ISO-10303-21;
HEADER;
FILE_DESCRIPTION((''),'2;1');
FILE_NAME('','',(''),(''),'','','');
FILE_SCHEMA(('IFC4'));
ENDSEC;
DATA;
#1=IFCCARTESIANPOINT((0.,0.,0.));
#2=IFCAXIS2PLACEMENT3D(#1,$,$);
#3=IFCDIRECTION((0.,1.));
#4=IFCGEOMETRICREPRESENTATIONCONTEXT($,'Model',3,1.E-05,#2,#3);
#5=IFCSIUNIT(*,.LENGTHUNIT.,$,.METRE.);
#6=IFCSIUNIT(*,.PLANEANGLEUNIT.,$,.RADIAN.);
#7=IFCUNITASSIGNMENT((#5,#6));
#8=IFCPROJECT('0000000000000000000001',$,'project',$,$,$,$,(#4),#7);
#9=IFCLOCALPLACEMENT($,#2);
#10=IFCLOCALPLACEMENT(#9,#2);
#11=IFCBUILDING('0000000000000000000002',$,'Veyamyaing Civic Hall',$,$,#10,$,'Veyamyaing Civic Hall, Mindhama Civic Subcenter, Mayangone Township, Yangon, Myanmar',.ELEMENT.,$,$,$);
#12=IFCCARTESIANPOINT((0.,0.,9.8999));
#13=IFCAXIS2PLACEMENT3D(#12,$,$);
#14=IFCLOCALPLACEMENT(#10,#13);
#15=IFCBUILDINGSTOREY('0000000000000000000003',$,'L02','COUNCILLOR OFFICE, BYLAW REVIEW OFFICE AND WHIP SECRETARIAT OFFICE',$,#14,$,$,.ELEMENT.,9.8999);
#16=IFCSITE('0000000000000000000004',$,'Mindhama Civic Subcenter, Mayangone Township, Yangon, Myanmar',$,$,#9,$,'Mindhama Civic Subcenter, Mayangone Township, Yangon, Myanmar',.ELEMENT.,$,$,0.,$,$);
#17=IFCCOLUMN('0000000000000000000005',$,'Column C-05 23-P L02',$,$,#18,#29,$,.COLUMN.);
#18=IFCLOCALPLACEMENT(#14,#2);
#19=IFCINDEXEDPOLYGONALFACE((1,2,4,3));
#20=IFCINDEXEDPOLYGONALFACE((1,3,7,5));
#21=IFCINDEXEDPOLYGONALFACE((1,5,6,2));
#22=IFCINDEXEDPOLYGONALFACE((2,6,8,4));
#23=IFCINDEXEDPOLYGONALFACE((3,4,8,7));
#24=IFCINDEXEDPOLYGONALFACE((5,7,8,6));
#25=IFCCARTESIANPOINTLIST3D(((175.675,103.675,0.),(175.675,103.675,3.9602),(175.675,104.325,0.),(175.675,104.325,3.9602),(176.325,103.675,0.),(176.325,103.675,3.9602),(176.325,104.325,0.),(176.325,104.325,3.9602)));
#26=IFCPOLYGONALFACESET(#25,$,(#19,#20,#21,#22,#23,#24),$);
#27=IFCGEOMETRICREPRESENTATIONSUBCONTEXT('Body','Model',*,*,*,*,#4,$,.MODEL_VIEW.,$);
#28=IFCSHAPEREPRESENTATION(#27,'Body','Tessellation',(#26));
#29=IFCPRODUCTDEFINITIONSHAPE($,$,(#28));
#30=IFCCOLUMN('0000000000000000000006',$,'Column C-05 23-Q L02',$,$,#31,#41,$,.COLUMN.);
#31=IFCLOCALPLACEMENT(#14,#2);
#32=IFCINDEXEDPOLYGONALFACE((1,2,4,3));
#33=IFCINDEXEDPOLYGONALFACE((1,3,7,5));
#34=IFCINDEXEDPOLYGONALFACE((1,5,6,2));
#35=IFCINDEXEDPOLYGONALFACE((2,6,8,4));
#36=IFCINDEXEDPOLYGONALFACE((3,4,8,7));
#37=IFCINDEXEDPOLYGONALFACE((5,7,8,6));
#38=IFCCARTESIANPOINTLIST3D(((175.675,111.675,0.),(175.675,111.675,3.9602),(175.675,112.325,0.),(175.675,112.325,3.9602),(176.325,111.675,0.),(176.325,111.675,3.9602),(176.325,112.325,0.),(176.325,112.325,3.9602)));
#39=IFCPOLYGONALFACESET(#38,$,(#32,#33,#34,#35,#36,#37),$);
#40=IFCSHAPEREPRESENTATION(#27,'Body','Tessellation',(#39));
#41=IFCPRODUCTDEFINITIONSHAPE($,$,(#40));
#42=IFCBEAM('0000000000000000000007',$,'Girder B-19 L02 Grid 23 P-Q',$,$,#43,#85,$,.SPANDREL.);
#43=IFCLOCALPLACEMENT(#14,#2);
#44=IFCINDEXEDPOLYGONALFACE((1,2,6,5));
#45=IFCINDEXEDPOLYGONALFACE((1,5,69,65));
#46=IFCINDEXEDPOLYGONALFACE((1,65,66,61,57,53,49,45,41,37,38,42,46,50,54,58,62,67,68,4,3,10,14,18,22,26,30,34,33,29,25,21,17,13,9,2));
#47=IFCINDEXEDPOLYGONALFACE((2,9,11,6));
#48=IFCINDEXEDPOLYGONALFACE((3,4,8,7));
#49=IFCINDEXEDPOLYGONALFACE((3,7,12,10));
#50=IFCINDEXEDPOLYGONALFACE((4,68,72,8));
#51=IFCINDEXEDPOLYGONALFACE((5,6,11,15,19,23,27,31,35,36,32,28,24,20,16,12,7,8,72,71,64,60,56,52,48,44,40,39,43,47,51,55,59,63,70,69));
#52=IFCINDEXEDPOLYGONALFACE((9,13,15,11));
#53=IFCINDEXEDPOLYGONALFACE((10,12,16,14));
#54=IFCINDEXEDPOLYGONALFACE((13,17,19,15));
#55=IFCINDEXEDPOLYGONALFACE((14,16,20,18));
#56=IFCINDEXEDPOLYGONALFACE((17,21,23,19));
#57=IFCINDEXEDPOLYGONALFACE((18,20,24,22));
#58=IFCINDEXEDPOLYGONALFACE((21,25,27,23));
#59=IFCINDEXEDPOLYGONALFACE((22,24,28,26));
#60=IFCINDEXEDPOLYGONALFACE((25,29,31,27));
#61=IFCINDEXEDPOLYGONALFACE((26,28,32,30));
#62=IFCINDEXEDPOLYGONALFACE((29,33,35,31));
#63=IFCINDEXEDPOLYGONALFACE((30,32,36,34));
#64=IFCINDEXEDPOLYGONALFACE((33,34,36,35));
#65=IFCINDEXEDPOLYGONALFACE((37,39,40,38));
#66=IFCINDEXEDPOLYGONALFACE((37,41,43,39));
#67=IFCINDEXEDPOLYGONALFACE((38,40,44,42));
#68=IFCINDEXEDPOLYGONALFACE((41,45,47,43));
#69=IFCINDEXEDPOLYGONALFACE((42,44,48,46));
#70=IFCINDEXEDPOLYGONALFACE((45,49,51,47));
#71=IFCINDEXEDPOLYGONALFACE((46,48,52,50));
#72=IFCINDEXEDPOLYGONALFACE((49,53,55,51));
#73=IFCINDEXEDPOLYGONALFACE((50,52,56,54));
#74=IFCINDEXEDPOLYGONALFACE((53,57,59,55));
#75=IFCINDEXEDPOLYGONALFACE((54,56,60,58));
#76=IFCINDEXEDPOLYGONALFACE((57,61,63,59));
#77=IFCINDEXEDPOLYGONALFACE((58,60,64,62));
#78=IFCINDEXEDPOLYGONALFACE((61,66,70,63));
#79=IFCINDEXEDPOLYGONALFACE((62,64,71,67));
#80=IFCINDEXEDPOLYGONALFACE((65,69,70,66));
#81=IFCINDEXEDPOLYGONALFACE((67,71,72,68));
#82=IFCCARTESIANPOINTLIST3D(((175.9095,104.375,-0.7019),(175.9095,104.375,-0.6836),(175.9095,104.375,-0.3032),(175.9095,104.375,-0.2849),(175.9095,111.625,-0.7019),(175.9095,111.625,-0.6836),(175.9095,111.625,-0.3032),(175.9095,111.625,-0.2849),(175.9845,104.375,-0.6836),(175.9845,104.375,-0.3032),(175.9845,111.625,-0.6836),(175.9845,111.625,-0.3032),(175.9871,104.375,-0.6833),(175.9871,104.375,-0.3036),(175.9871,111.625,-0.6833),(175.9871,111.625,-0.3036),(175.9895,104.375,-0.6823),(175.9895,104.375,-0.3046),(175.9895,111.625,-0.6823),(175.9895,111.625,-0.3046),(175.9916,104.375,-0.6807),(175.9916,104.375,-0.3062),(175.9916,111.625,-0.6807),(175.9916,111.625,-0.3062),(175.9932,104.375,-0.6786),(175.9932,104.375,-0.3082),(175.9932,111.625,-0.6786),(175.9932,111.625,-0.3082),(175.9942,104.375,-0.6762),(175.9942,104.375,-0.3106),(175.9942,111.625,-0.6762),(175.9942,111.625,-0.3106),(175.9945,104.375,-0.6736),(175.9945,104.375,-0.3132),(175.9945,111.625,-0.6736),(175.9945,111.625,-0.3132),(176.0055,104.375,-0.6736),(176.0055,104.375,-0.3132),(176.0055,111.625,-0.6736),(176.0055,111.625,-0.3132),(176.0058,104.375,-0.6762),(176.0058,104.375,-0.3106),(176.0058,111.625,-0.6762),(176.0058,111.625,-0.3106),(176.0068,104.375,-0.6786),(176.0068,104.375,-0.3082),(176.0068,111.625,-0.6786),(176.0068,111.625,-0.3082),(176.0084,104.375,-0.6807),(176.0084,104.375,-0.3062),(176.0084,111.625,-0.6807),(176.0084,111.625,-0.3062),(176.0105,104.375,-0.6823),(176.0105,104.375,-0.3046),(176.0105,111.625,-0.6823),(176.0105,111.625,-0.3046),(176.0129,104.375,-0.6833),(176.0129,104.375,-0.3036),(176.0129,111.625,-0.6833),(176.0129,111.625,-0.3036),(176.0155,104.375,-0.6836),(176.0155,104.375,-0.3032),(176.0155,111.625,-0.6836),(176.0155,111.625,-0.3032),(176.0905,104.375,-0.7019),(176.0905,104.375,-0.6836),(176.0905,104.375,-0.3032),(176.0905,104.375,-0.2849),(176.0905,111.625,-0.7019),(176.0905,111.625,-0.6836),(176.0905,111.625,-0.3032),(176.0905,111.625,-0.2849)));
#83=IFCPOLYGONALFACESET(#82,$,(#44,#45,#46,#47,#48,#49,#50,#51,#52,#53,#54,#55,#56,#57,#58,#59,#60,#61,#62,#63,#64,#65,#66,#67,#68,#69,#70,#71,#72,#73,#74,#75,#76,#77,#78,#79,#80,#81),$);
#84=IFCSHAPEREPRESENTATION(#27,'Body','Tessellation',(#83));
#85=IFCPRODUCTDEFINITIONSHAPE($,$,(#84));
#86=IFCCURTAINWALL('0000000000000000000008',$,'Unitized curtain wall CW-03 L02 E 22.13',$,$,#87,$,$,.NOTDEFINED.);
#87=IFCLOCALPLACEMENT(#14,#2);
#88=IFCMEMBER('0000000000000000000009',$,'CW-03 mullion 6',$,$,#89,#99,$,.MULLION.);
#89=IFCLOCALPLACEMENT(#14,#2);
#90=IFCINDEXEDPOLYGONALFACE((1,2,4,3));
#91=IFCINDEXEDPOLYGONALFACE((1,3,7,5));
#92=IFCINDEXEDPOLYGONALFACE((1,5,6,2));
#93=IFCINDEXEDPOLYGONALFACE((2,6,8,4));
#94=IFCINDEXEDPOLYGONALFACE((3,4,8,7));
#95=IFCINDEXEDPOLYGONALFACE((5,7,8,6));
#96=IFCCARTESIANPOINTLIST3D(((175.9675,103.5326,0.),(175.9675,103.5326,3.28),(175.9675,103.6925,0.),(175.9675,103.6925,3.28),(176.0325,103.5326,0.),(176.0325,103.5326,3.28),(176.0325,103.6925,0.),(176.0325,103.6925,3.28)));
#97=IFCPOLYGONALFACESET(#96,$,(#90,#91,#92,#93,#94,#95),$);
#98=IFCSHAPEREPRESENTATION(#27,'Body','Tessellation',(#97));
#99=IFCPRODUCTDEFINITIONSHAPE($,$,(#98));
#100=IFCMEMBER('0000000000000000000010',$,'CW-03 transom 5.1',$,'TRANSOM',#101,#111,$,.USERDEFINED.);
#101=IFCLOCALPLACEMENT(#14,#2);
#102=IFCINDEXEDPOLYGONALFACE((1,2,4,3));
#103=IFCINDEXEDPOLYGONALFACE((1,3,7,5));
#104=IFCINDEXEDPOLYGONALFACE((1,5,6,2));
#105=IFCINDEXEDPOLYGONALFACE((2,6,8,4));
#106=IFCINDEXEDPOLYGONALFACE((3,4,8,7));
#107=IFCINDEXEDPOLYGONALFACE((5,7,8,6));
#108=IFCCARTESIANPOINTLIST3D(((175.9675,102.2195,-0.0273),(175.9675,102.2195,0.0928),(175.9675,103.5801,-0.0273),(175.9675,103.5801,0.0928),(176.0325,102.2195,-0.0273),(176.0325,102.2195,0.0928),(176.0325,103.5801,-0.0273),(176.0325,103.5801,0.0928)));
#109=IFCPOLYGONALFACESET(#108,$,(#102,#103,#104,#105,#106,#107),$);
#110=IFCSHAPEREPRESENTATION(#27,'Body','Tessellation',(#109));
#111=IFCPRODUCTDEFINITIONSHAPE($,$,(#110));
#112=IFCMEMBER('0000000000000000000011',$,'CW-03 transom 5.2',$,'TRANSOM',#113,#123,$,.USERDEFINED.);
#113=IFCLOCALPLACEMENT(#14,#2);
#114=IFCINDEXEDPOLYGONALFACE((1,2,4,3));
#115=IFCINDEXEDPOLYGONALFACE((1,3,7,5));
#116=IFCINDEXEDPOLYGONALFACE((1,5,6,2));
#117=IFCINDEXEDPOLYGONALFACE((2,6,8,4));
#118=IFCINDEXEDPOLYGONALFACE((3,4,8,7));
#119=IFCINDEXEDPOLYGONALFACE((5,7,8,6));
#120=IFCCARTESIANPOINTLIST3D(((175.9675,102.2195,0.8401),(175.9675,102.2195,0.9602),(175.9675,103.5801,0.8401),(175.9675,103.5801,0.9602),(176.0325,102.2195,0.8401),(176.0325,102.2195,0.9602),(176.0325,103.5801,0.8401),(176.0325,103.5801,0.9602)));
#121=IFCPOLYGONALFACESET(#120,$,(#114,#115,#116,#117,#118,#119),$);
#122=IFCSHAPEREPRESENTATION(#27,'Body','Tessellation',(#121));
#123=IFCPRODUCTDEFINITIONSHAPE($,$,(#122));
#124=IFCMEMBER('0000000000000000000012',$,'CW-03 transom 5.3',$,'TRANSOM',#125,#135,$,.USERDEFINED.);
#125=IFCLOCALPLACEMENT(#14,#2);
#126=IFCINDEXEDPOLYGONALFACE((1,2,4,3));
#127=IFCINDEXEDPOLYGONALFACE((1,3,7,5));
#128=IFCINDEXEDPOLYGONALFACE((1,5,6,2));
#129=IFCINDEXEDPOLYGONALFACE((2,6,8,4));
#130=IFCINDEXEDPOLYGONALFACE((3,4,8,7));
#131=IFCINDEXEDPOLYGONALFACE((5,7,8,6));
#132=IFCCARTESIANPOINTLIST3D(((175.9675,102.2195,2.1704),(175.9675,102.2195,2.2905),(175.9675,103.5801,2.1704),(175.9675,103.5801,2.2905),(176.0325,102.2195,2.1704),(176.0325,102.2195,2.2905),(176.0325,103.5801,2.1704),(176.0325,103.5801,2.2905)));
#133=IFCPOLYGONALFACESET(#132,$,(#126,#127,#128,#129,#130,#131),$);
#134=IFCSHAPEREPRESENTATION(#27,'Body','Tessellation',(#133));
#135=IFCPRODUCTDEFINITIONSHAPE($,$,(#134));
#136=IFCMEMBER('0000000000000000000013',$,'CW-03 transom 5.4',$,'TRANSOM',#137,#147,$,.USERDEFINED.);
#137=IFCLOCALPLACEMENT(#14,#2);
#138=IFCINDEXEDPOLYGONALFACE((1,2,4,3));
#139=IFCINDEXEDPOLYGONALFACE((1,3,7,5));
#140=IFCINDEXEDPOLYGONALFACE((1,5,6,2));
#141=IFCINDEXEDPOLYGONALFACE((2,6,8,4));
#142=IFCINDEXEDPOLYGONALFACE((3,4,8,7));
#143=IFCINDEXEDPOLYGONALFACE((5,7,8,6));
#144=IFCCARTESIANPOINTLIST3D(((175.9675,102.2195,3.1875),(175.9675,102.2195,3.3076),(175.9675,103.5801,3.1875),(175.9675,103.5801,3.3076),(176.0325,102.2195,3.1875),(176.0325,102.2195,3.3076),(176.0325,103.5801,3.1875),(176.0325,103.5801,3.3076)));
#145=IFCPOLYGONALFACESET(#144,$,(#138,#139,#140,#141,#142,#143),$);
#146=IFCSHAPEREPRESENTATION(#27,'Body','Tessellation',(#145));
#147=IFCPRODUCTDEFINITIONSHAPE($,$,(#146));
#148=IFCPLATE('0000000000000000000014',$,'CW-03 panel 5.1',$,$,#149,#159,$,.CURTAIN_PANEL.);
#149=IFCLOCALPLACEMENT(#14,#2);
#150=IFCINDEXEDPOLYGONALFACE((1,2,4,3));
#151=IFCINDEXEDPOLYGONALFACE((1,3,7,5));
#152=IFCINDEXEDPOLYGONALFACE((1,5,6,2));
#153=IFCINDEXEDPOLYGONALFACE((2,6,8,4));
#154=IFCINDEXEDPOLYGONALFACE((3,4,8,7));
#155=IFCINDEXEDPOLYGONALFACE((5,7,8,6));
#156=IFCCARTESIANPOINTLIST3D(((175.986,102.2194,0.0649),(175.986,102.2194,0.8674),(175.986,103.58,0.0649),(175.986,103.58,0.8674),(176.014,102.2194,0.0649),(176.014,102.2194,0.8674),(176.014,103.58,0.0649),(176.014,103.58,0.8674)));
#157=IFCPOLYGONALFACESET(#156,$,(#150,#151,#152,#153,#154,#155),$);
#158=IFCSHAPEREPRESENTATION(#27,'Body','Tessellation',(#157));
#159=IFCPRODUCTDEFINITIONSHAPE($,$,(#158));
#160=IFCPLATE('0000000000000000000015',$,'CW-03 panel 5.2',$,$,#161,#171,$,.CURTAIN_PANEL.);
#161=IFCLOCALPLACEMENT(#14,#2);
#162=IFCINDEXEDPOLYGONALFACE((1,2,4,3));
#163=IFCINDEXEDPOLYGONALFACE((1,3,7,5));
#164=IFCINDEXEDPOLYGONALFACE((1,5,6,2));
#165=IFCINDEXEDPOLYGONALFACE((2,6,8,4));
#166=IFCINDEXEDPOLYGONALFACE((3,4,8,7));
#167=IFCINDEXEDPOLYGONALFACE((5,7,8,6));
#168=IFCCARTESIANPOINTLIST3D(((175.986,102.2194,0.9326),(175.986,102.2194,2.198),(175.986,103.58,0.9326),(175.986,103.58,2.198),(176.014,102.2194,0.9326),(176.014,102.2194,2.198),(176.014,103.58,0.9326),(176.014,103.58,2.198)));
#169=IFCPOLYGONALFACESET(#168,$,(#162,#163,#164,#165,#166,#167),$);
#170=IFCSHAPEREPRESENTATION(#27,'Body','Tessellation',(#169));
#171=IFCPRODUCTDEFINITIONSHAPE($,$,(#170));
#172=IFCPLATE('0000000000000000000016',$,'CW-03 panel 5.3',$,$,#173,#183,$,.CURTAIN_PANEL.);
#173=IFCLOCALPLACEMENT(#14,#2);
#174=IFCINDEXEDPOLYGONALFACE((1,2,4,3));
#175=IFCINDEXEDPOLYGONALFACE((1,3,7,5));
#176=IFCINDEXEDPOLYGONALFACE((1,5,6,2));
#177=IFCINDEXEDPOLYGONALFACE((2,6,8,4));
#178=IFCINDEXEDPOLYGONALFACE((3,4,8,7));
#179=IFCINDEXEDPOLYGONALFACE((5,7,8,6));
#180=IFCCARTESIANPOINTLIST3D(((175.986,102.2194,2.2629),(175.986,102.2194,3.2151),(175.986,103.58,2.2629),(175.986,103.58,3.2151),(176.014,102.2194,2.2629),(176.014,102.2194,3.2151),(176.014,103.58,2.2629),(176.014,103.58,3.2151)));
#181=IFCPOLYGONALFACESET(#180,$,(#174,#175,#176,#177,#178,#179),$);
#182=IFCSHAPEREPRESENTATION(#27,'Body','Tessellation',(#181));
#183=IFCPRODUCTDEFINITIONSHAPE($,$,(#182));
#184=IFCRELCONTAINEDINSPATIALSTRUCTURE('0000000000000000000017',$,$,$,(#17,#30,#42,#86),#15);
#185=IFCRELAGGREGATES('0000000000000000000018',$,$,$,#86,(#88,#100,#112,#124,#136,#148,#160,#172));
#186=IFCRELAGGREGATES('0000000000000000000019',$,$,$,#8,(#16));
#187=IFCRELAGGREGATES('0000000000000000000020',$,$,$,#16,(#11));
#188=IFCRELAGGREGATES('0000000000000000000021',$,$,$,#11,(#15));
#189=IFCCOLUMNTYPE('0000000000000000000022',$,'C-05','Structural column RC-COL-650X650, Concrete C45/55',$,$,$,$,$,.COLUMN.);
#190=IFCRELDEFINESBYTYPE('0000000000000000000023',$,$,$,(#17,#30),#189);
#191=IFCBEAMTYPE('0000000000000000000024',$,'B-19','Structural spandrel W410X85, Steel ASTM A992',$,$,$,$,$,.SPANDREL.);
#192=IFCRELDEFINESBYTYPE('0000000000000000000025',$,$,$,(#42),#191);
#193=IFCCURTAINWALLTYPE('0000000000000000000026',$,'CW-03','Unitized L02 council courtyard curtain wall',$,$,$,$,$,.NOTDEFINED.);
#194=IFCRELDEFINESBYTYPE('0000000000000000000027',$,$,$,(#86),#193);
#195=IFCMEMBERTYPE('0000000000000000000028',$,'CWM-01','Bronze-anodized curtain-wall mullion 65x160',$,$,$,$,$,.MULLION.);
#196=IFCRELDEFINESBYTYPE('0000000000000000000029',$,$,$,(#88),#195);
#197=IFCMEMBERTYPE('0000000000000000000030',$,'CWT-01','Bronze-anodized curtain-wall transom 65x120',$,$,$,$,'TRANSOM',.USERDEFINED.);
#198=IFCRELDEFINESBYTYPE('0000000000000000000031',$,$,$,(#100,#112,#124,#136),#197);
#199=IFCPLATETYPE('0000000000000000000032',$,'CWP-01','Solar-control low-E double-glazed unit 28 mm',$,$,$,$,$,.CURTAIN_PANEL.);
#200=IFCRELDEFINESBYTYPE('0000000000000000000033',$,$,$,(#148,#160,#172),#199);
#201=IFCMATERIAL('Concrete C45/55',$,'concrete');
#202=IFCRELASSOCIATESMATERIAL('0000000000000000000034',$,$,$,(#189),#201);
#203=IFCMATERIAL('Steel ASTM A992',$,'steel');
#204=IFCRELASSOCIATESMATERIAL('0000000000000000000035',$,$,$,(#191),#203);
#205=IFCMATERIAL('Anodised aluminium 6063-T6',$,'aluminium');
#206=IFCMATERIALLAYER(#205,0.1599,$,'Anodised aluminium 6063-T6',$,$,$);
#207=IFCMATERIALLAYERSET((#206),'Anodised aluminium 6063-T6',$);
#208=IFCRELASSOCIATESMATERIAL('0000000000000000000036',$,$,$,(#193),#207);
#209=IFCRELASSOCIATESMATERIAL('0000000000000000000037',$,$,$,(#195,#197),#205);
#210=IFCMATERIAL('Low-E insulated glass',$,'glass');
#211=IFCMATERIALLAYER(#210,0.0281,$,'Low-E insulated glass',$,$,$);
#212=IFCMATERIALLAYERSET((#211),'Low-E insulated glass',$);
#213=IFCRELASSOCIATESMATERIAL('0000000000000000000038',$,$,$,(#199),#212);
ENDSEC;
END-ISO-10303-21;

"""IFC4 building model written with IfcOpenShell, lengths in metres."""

from ifc_helpers import new_model, si_unit, direction, frame, origin, origin_2d, place, context, subcontext, project, spatial, rectangle, i_section, extrude, material, layer, layer_set, material_profile, profile_set, type_object, element, aggregate, save


model = new_model("IFC4")

# Units and contexts
model_context = context("Model", 3, precision=1e-05, world=origin(), true_north=direction((0.0, 1.0)))
body_context = subcontext(model_context, "Body", "Model", "MODEL_VIEW")
ifc_project = project(units=[si_unit("LENGTHUNIT", "METRE"), si_unit("PLANEANGLEUNIT", "RADIAN")], contexts=[model_context])

# Site, building, storey
site_placement = place(None, origin())
site = spatial("IfcSite", under=ifc_project, at=site_placement, Name="Mindhama Civic Subcenter, Mayangone Township, Yangon, Myanmar", LongName="Mindhama Civic Subcenter, Mayangone Township, Yangon, Myanmar", CompositionType="ELEMENT", RefElevation=0.0)
building_placement = place(site_placement, origin())
building = spatial("IfcBuilding", under=site, at=building_placement, Name="Veyamyaing Civic Hall", LongName="Veyamyaing Civic Hall, Mindhama Civic Subcenter, Mayangone Township, Yangon, Myanmar", CompositionType="ELEMENT")
storey_placement = place(building_placement, frame((0.0, 0.0, 9.8999)))
storey = spatial("IfcBuildingStorey", under=building, at=storey_placement, Name="L02", Description="COUNCILLOR OFFICE, BYLAW REVIEW OFFICE AND WHIP SECRETARIAT OFFICE", CompositionType="ELEMENT", Elevation=9.8999)

# Columns
ifc_material_1 = material(Name="Concrete C45/55", Category="concrete")
ifc_material_profile_1 = material_profile(ifc_material_1, rectangle(XDim=0.6499, YDim=0.6499, at=origin_2d()), Name="RC-COL-650X650")
ifc_profile_set_1 = profile_set([ifc_material_profile_1], Name="Concrete C45/55")
column_type = type_object("IfcColumnType", Name="C-05", Description="Structural column RC-COL-650X650, Concrete C45/55", PredefinedType="COLUMN", material=ifc_profile_set_1)
for number, where, z_axis, x_axis, name in (
    (1, (176.0, 104.0, 0.0), (0.0, 0.0, 1.0), (1.0, 0.0, 0.0), "Column C-05 23-P L02"),
    (2, (176.0, 112.0, 0.0), (0.0, 0.0, 1.0), (1.0, 0.0, 0.0), "Column C-05 23-Q L02"),
):
    element("IfcColumn", number, at=place(storey_placement, frame(where, z_axis=z_axis, x_axis=x_axis)), inside=storey, type_object=column_type, Name=name, PredefinedType="COLUMN", context=body_context, shape_type="SweptSolid", body=[
        extrude(rectangle(XDim=0.6499, YDim=0.6499, at=origin_2d()), origin(), (0.0, 0.0, 1.0), 3.9602),
    ])

# Beam
ifc_material_2 = material(Name="Steel ASTM A992", Category="steel")
ifc_material_profile_2 = material_profile(ifc_material_2, i_section(OverallWidth=0.1809, OverallDepth=0.417, WebThickness=0.011, FlangeThickness=0.0183, FilletRadius=0.01, at=origin_2d()), Name="W410X85")
ifc_profile_set_2 = profile_set([ifc_material_profile_2], Name="Steel ASTM A992")
beam_type = type_object("IfcBeamType", Name="B-19", Description="Structural spandrel W410X85, Steel ASTM A992", PredefinedType="SPANDREL", material=ifc_profile_set_2)
beam_placement = place(storey_placement, frame((176.0, 104.375, -0.4934), z_axis=(0.0, 1.0, 0.0), x_axis=(-1.0, 0.0, 0.0)))
element("IfcBeam", 3, at=beam_placement, inside=storey, type_object=beam_type, Name="Girder B-19 L02 Grid 23 P-Q", PredefinedType="SPANDREL", context=body_context, shape_type="SweptSolid", body=[
    extrude(i_section(OverallWidth=0.1809, OverallDepth=0.417, WebThickness=0.011, FlangeThickness=0.0183, FilletRadius=0.01, at=origin_2d()), origin(), (0.0, 0.0, 1.0), 7.25),
])

# Curtain wall, members, plates
ifc_material_3 = material(Name="Anodised aluminium 6063-T6", Category="aluminium")
ifc_layer_1 = layer(ifc_material_3, 0.1599, Name="Anodised aluminium 6063-T6")
ifc_layer_set_1 = layer_set([ifc_layer_1], Name="Anodised aluminium 6063-T6")
curtain_wall_type = type_object("IfcCurtainWallType", Name="CW-03", Description="Unitized L02 council courtyard curtain wall", PredefinedType="NOTDEFINED", material=ifc_layer_set_1)
curtain_wall_placement = place(storey_placement, origin())
curtain_wall = element("IfcCurtainWall", 4, at=curtain_wall_placement, inside=storey, type_object=curtain_wall_type, Name="Unitized curtain wall CW-03 L02 E 22.13", PredefinedType="NOTDEFINED")
ifc_material_profile_3 = material_profile(ifc_material_3, rectangle(XDim=0.0649, YDim=0.1599, at=origin_2d()), Name="ALU-MUL-65X160")
ifc_profile_set_3 = profile_set([ifc_material_profile_3], Name="Anodised aluminium 6063-T6")
member_type_1 = type_object("IfcMemberType", Name="CWM-01", Description="Bronze-anodized curtain-wall mullion 65x160", PredefinedType="MULLION", material=ifc_profile_set_3)
member_1_placement = place(storey_placement, frame((176.0, 103.6125, 0.0), z_axis=(0.0, 0.0, 1.0), x_axis=(-1.0, 0.0, 0.0)))
member_1 = element("IfcMember", 5, at=member_1_placement, type_object=member_type_1, Name="CW-03 mullion 6", PredefinedType="MULLION", context=body_context, shape_type="SweptSolid", body=[
    extrude(rectangle(XDim=0.0649, YDim=0.1599, at=origin_2d()), origin(), (0.0, 0.0, 1.0), 3.28),
])
ifc_material_profile_4 = material_profile(ifc_material_3, rectangle(XDim=0.0649, YDim=0.1201, at=origin_2d()), Name="ALU-TRN-65X120")
ifc_profile_set_4 = profile_set([ifc_material_profile_4], Name="Anodised aluminium 6063-T6")
member_type_2 = type_object("IfcMemberType", Name="CWT-01", Description="Bronze-anodized curtain-wall transom 65x120", ElementType="TRANSOM", PredefinedType="USERDEFINED", material=ifc_profile_set_4)
member_2_placement = place(storey_placement, frame((176.0, 102.2195, 0.0327), z_axis=(0.0, 1.0, 0.0), x_axis=(-1.0, 0.0, 0.0)))
member_2 = element("IfcMember", 6, at=member_2_placement, type_object=member_type_2, Name="CW-03 transom 5.1", ObjectType="TRANSOM", PredefinedType="USERDEFINED", context=body_context, shape_type="SweptSolid", body=[
    extrude(rectangle(XDim=0.0649, YDim=0.1201, at=origin_2d()), origin(), (0.0, 0.0, 1.0), 1.3606),
])
member_3_placement = place(storey_placement, frame((176.0, 102.2195, 0.9001), z_axis=(0.0, 1.0, 0.0), x_axis=(-1.0, 0.0, 0.0)))
member_3 = element("IfcMember", 7, at=member_3_placement, type_object=member_type_2, Name="CW-03 transom 5.2", ObjectType="TRANSOM", PredefinedType="USERDEFINED", context=body_context, shape_type="SweptSolid", body=[
    extrude(rectangle(XDim=0.0649, YDim=0.1201, at=origin_2d()), origin(), (0.0, 0.0, 1.0), 1.3606),
])
member_4_placement = place(storey_placement, frame((176.0, 102.2195, 2.2305), z_axis=(0.0, 1.0, 0.0), x_axis=(-1.0, 0.0, 0.0)))
member_4 = element("IfcMember", 8, at=member_4_placement, type_object=member_type_2, Name="CW-03 transom 5.3", ObjectType="TRANSOM", PredefinedType="USERDEFINED", context=body_context, shape_type="SweptSolid", body=[
    extrude(rectangle(XDim=0.0649, YDim=0.1201, at=origin_2d()), origin(), (0.0, 0.0, 1.0), 1.3606),
])
member_5_placement = place(storey_placement, frame((176.0, 102.2195, 3.2476), z_axis=(0.0, 1.0, 0.0), x_axis=(-1.0, 0.0, 0.0)))
member_5 = element("IfcMember", 9, at=member_5_placement, type_object=member_type_2, Name="CW-03 transom 5.4", ObjectType="TRANSOM", PredefinedType="USERDEFINED", context=body_context, shape_type="SweptSolid", body=[
    extrude(rectangle(XDim=0.0649, YDim=0.1201, at=origin_2d()), origin(), (0.0, 0.0, 1.0), 1.3606),
])
ifc_material_4 = material(Name="Low-E insulated glass", Category="glass")
ifc_layer_2 = layer(ifc_material_4, 0.0281, Name="Low-E insulated glass")
ifc_layer_set_2 = layer_set([ifc_layer_2], Name="Low-E insulated glass")
plate_type = type_object("IfcPlateType", Name="CWP-01", Description="Solar-control low-E double-glazed unit 28 mm", PredefinedType="CURTAIN_PANEL", material=ifc_layer_set_2)
plate_1_placement = place(storey_placement, frame((176.0, 102.8997, 0.0649), z_axis=(0.0, 0.0, 1.0), x_axis=(0.0, 1.0, 0.0)))
plate_1 = element("IfcPlate", 10, at=plate_1_placement, type_object=plate_type, Name="CW-03 panel 5.1", PredefinedType="CURTAIN_PANEL", context=body_context, shape_type="SweptSolid", body=[
    extrude(rectangle(XDim=1.3606, YDim=0.0281, at=origin_2d()), origin(), (0.0, 0.0, 1.0), 0.8025),
])
plate_2_placement = place(storey_placement, frame((176.0, 102.8997, 0.9326), z_axis=(0.0, 0.0, 1.0), x_axis=(0.0, 1.0, 0.0)))
plate_2 = element("IfcPlate", 11, at=plate_2_placement, type_object=plate_type, Name="CW-03 panel 5.2", PredefinedType="CURTAIN_PANEL", context=body_context, shape_type="SweptSolid", body=[
    extrude(rectangle(XDim=1.3606, YDim=0.0281, at=origin_2d()), origin(), (0.0, 0.0, 1.0), 1.2654),
])
plate_3_placement = place(storey_placement, frame((176.0, 102.8997, 2.2629), z_axis=(0.0, 0.0, 1.0), x_axis=(0.0, 1.0, 0.0)))
plate_3 = element("IfcPlate", 12, at=plate_3_placement, type_object=plate_type, Name="CW-03 panel 5.3", PredefinedType="CURTAIN_PANEL", context=body_context, shape_type="SweptSolid", body=[
    extrude(rectangle(XDim=1.3606, YDim=0.0281, at=origin_2d()), origin(), (0.0, 0.0, 1.0), 0.9521),
])
aggregate(curtain_wall, [member_1, member_2, member_3, member_4, member_5, plate_1, plate_2, plate_3])

save(model, "model.ifc")
